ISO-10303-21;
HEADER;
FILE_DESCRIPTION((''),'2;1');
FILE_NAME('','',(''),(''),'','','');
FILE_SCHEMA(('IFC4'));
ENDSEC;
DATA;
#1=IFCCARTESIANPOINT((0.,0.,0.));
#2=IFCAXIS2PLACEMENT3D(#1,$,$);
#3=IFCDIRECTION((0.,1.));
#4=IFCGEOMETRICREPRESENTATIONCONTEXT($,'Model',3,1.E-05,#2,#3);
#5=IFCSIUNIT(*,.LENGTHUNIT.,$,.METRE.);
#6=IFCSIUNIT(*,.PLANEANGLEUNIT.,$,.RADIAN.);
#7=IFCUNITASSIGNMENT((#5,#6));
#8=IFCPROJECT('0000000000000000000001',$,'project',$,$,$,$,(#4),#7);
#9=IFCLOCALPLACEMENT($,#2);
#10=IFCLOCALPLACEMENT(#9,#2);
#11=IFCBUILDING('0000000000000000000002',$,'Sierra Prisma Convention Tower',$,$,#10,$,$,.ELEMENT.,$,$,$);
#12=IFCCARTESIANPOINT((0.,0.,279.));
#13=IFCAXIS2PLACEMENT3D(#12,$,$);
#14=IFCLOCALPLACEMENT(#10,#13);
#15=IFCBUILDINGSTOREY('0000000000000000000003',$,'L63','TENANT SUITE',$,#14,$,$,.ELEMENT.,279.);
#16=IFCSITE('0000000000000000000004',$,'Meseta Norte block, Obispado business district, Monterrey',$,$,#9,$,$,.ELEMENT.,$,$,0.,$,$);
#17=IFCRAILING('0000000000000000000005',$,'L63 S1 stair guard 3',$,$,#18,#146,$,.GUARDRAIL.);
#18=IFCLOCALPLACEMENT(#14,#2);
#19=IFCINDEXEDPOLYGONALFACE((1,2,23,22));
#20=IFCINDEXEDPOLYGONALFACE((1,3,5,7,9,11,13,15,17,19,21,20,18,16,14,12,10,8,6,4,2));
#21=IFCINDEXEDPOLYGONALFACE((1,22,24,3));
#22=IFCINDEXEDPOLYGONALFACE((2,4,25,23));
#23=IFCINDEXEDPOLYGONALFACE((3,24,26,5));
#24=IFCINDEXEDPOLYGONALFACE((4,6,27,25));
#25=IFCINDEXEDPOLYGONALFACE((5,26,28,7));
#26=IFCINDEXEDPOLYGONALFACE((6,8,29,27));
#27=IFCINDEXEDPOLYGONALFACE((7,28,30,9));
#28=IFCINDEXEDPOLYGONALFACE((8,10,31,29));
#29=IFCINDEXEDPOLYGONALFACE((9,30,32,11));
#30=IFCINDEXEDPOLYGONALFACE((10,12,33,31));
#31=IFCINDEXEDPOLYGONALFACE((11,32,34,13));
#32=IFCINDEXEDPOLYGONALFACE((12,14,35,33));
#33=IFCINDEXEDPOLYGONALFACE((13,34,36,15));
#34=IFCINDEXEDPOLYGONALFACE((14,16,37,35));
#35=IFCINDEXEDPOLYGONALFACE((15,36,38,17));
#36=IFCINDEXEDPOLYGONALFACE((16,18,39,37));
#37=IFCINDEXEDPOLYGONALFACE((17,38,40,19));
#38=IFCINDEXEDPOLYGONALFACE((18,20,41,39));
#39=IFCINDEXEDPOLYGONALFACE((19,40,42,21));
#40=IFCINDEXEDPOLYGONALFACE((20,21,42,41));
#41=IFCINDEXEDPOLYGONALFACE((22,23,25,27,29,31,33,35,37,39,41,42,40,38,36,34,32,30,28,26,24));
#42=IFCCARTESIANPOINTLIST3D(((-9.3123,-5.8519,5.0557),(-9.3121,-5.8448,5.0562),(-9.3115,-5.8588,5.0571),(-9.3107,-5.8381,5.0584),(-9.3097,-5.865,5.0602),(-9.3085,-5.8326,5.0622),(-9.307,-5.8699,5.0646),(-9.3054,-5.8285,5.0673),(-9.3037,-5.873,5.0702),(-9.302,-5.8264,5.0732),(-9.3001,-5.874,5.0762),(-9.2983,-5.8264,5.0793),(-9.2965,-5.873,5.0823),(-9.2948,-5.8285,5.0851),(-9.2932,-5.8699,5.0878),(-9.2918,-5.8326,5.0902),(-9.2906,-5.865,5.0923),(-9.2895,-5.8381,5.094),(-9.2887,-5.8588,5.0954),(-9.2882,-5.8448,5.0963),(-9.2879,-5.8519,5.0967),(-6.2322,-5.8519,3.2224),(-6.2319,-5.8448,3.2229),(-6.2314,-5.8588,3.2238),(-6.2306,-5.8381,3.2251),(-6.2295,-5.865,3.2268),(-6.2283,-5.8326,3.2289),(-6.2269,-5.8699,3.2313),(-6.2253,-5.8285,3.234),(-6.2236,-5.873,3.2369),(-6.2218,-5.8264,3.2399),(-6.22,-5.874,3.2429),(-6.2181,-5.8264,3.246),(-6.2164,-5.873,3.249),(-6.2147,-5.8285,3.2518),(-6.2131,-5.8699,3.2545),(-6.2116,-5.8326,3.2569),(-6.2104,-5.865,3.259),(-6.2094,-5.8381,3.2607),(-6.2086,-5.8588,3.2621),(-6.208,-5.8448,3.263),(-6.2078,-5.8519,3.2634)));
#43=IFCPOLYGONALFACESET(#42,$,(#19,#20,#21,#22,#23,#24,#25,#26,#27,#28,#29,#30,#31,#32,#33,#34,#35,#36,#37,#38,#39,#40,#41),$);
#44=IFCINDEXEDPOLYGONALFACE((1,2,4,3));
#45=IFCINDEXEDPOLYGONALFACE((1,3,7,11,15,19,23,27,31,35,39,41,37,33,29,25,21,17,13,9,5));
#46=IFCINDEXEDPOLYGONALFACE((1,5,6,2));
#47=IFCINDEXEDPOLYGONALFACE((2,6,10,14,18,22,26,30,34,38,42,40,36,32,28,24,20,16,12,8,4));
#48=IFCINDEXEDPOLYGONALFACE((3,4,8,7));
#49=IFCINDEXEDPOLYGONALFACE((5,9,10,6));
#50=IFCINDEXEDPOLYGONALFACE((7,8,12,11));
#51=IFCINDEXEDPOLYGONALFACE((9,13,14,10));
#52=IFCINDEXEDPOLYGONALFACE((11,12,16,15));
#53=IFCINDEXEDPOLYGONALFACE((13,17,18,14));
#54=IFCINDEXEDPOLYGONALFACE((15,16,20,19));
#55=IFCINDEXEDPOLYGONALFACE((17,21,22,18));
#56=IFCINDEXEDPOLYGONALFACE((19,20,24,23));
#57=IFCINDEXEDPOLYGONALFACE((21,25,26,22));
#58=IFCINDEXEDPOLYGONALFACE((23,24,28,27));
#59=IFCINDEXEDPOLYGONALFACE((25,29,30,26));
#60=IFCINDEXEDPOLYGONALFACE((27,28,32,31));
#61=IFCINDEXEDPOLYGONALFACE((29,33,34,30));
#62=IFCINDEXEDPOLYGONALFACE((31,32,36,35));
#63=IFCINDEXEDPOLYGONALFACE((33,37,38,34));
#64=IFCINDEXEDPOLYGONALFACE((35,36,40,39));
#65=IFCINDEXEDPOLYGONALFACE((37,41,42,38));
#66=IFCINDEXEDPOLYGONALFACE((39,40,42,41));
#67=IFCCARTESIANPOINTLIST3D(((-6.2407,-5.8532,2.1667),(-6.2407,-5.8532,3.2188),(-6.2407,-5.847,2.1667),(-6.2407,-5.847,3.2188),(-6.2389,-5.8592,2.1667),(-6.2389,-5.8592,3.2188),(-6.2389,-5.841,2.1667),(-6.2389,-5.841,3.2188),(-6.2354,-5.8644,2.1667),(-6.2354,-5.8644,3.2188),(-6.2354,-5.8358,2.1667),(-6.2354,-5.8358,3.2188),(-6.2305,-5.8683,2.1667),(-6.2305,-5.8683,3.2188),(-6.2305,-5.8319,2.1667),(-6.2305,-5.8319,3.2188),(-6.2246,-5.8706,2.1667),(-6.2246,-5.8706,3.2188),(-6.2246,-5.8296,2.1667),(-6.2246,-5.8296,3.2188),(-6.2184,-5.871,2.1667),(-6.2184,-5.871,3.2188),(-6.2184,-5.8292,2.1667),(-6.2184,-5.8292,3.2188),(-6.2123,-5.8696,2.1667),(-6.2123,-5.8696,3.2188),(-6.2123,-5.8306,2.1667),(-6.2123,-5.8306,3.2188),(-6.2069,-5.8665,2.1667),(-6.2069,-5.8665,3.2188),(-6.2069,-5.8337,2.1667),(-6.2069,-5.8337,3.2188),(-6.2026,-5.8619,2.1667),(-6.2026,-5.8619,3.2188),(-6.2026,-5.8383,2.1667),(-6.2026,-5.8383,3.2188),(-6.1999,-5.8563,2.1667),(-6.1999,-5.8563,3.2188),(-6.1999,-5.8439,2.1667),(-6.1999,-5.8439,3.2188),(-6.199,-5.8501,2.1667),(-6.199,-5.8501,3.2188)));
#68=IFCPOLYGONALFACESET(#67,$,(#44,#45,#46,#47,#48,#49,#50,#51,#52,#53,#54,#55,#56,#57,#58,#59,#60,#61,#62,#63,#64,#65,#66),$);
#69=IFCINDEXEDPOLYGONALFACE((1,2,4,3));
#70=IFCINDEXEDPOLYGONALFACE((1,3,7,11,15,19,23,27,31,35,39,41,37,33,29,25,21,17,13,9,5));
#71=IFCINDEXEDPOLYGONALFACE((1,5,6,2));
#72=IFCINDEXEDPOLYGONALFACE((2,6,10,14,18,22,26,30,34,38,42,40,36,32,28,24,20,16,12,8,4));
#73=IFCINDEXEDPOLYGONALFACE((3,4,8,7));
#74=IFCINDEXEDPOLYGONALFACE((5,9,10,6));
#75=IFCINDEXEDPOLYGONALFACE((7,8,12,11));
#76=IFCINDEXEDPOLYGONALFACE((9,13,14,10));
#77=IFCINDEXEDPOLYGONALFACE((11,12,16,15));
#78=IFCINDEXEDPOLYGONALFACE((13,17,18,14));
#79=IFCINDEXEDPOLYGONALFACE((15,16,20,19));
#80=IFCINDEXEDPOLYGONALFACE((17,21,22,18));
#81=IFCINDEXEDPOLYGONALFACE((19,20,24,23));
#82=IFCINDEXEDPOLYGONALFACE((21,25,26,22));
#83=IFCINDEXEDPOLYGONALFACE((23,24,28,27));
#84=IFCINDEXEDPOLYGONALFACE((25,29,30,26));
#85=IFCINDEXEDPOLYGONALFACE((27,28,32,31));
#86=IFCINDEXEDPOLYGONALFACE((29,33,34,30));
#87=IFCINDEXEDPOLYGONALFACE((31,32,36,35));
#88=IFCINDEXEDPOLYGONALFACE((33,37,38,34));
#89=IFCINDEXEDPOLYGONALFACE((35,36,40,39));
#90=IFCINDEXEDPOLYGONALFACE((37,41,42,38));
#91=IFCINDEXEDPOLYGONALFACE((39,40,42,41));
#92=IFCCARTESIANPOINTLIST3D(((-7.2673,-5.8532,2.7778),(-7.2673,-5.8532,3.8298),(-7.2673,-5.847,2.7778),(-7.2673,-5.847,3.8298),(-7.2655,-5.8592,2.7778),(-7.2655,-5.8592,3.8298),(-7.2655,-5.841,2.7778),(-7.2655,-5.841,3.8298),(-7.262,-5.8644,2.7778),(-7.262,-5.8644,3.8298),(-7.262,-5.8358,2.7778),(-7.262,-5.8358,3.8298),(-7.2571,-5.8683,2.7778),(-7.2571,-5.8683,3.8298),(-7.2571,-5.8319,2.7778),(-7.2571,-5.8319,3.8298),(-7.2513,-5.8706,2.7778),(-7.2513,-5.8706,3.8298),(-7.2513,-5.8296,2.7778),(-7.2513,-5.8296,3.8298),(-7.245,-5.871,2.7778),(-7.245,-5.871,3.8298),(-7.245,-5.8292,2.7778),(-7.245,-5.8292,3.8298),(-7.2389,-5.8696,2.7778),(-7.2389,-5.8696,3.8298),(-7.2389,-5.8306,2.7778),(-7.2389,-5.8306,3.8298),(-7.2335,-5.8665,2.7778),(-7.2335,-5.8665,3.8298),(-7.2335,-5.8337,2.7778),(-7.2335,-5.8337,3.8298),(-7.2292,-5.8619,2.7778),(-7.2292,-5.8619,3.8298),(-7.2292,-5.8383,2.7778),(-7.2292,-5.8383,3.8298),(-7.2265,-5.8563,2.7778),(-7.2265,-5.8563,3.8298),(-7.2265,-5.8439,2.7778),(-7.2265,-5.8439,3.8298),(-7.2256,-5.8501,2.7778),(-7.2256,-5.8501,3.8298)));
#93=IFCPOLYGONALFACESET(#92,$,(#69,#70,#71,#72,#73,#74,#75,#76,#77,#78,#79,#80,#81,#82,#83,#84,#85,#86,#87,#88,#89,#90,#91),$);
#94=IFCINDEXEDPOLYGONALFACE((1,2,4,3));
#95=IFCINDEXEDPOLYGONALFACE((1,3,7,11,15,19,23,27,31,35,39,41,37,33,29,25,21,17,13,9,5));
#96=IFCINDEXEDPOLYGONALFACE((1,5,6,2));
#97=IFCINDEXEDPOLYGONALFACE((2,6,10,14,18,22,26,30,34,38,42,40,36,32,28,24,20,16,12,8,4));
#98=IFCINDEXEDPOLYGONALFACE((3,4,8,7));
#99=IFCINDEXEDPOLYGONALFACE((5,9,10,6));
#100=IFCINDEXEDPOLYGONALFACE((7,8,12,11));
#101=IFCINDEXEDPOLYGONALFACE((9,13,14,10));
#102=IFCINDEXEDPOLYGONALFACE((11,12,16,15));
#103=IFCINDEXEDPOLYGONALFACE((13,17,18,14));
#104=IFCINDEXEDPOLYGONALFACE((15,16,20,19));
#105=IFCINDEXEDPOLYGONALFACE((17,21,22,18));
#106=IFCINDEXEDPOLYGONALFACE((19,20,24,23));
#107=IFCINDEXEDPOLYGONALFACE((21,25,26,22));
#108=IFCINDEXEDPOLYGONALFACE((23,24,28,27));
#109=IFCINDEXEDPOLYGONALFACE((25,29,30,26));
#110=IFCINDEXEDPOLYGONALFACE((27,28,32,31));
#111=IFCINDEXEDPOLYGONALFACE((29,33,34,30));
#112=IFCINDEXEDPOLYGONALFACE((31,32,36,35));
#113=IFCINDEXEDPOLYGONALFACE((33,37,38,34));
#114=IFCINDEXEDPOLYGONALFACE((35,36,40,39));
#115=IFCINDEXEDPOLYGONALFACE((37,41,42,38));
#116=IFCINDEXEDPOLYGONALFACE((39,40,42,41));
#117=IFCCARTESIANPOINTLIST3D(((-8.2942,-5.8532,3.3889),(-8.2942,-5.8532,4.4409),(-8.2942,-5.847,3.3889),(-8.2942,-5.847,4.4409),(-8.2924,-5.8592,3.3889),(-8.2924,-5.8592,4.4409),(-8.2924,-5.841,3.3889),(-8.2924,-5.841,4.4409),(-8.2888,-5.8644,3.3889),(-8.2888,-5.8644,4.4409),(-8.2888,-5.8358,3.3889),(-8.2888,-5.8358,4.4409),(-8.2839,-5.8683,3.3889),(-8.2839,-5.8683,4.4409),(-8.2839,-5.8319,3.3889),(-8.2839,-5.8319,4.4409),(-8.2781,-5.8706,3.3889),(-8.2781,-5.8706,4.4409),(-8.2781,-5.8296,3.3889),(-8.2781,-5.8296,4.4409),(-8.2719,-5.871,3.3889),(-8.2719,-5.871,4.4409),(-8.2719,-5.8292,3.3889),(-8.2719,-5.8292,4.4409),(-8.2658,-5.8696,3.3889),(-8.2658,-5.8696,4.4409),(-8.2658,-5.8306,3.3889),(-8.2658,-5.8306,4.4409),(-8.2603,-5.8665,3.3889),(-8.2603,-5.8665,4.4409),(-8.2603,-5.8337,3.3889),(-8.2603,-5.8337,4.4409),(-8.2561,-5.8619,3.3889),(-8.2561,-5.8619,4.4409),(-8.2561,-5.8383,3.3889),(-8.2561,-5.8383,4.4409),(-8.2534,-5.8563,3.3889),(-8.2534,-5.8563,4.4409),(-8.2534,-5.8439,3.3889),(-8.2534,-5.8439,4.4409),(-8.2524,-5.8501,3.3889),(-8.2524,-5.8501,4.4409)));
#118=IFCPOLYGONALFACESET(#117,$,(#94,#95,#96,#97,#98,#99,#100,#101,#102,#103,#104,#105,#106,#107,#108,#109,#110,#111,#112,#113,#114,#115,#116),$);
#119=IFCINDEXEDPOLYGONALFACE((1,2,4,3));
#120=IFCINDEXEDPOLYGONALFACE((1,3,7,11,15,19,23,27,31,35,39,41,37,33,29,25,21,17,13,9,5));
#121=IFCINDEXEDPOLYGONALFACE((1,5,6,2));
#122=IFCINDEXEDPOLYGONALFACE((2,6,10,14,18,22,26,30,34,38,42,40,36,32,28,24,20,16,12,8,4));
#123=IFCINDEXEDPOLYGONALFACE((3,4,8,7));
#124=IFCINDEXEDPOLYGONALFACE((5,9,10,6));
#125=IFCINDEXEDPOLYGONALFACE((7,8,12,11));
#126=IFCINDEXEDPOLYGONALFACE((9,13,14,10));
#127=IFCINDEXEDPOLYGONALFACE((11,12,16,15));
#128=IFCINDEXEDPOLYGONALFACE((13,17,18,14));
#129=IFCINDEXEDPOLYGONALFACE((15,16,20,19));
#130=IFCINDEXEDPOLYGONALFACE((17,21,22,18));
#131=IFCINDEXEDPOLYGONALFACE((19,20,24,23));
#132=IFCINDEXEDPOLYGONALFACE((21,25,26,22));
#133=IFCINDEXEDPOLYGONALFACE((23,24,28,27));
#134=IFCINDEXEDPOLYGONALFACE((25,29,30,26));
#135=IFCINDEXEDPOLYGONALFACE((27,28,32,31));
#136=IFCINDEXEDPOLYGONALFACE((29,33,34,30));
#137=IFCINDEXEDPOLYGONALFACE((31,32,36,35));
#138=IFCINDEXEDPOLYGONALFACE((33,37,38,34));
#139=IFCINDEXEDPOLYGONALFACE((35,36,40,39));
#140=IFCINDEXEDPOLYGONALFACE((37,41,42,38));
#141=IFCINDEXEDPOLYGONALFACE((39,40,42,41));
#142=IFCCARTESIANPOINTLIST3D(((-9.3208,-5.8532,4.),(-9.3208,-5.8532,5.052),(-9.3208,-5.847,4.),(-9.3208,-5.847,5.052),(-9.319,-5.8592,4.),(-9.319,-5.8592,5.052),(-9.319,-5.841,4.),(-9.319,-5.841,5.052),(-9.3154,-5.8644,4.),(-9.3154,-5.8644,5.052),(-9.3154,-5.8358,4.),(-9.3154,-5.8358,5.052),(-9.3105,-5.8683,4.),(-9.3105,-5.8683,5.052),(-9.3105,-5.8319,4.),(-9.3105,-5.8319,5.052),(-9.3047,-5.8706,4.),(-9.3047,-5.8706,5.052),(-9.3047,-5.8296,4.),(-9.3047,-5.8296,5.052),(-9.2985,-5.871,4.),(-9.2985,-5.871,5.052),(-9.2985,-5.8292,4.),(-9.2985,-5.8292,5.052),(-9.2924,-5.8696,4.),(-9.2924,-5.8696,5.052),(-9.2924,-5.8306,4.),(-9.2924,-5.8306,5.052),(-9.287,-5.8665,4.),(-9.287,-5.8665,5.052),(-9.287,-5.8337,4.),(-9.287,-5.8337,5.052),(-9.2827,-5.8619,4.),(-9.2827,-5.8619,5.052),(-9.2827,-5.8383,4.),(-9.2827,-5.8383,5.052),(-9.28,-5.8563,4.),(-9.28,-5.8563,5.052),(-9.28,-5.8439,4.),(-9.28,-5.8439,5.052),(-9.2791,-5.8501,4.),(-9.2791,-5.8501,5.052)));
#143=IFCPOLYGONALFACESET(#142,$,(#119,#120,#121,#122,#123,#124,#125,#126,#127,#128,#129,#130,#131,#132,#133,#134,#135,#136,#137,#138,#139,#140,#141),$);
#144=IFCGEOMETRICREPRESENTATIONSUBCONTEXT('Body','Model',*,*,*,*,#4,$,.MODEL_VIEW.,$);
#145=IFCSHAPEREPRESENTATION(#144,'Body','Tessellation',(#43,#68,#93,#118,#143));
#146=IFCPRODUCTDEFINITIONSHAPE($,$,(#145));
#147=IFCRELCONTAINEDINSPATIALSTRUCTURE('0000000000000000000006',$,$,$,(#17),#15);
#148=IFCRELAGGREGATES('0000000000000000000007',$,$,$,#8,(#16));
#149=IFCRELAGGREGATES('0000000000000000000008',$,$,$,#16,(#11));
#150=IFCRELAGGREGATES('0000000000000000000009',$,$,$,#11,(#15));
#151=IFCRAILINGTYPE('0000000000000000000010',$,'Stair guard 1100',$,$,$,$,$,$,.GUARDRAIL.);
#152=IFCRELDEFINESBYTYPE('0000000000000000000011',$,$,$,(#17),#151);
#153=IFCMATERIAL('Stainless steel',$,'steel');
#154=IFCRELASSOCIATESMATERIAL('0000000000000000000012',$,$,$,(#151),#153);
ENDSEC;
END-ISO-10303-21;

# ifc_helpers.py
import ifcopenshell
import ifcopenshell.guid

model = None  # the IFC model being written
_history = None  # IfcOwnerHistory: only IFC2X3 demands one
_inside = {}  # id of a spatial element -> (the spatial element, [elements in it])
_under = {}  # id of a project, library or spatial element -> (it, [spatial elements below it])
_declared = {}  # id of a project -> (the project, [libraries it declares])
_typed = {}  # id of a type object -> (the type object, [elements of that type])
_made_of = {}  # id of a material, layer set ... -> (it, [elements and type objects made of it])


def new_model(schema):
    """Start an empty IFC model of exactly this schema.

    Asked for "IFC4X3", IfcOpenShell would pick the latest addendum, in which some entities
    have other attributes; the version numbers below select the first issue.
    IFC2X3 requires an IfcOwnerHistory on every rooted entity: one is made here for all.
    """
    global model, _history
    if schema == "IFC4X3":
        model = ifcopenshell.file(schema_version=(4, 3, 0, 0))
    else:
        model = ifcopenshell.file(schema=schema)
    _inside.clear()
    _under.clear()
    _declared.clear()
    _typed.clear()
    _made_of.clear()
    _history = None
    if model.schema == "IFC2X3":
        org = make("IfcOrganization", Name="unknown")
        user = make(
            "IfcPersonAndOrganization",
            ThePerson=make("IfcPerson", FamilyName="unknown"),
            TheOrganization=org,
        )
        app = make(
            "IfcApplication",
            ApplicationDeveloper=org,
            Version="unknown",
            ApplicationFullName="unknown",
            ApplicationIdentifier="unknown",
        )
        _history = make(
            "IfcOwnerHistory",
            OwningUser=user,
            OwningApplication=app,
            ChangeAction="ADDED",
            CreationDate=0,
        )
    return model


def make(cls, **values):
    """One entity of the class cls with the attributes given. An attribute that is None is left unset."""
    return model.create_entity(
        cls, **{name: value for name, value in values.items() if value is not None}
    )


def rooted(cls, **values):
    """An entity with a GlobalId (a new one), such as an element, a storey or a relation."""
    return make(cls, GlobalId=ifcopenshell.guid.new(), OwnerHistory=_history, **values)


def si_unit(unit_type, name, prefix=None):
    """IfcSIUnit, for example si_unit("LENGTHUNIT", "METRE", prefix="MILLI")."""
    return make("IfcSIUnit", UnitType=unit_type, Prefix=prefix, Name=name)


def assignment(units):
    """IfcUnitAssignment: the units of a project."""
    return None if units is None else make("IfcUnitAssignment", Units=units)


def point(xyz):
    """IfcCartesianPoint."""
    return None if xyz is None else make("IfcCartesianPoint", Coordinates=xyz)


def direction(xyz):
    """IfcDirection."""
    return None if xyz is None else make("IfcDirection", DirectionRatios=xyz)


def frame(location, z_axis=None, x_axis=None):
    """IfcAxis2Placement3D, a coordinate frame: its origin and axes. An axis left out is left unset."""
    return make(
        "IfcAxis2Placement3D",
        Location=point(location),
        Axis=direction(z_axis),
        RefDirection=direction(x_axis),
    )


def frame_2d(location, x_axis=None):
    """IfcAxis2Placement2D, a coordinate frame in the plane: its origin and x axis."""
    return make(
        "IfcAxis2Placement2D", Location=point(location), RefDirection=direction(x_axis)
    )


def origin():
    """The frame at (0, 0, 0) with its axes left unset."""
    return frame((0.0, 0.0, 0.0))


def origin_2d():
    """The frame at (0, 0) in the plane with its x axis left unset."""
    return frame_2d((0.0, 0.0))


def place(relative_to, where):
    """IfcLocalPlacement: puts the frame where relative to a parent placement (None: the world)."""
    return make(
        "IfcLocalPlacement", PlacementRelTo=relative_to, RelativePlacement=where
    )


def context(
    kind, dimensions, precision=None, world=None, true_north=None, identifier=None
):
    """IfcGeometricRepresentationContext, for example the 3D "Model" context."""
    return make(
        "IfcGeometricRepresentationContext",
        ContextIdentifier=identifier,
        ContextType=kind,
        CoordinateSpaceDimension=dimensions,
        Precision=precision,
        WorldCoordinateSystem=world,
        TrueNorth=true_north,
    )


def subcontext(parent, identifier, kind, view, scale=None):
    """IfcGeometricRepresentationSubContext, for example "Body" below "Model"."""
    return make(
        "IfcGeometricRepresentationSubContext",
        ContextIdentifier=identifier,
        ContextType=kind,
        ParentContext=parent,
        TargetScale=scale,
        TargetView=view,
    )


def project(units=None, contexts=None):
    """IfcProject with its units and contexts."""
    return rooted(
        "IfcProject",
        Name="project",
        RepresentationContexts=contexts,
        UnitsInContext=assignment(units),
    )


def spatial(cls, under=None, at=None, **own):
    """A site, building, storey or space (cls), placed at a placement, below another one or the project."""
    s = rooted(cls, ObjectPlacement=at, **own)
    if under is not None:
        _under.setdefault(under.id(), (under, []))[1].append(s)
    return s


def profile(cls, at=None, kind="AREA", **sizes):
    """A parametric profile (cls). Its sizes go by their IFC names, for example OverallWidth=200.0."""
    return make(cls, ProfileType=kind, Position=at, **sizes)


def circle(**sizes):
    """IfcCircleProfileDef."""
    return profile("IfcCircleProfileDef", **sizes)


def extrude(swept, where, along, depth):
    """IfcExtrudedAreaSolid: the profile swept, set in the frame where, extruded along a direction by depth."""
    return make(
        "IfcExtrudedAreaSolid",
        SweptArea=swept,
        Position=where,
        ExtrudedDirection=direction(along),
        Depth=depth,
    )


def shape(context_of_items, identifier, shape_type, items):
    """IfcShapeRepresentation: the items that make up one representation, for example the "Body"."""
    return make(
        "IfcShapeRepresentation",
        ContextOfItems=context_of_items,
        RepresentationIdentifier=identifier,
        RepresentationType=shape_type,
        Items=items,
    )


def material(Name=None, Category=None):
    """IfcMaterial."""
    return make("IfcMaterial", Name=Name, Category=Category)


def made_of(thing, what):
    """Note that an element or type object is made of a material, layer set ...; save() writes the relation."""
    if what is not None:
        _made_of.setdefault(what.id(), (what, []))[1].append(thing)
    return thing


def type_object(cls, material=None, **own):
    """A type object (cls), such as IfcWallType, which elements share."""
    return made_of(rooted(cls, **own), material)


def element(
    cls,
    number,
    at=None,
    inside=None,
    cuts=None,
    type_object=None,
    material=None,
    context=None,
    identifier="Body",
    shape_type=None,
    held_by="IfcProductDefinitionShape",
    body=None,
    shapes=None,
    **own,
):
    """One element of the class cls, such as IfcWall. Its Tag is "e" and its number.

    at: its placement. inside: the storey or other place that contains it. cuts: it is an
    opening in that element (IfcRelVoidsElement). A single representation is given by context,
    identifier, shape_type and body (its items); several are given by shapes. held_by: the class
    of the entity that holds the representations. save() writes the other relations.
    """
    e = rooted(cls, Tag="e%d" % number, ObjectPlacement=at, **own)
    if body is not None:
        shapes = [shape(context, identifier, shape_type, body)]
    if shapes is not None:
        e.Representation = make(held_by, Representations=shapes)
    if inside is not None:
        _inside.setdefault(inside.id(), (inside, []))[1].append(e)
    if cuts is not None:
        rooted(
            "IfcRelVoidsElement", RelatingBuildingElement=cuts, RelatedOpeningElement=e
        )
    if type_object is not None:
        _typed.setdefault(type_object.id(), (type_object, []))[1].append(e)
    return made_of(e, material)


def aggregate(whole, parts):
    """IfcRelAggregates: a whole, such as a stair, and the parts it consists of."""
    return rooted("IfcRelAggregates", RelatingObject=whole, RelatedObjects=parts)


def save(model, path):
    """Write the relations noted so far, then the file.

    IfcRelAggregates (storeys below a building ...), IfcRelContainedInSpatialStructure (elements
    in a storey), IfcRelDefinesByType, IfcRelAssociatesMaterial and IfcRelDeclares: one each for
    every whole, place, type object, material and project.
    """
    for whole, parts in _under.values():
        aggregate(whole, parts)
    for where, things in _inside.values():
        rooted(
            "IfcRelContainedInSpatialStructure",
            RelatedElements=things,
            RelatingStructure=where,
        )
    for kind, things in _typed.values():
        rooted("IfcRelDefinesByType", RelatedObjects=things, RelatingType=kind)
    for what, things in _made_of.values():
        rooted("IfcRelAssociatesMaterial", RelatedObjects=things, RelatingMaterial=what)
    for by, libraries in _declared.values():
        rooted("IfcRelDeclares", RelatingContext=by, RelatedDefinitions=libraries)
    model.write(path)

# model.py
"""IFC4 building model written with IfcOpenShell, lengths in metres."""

from ifc_helpers import new_model, si_unit, direction, frame, origin, origin_2d, place, context, subcontext, project, spatial, circle, extrude, material, type_object, element, save


model = new_model("IFC4")

# Units and contexts
model_context = context("Model", 3, precision=1e-05, world=origin(), true_north=direction((0.0, 1.0)))
body_context = subcontext(model_context, "Body", "Model", "MODEL_VIEW")
ifc_project = project(units=[si_unit("LENGTHUNIT", "METRE"), si_unit("PLANEANGLEUNIT", "RADIAN")], contexts=[model_context])

# Site, building, storey
site_placement = place(None, origin())
site = spatial("IfcSite", under=ifc_project, at=site_placement, Name="Meseta Norte block, Obispado business district, Monterrey", CompositionType="ELEMENT", RefElevation=0.0)
building_placement = place(site_placement, origin())
building = spatial("IfcBuilding", under=site, at=building_placement, Name="Sierra Prisma Convention Tower", CompositionType="ELEMENT")
storey_placement = place(building_placement, frame((0.0, 0.0, 279.0)))
storey = spatial("IfcBuildingStorey", under=building, at=storey_placement, Name="L63", Description="TENANT SUITE", CompositionType="ELEMENT", Elevation=279.0)

# Railing
ifc_material_1 = material(Name="Stainless steel", Category="steel")
railing_type_1 = type_object("IfcRailingType", Name="Stair guard 1100", PredefinedType="GUARDRAIL", material=ifc_material_1)
railing_1_placement = place(storey_placement, frame((-6.22, -5.8501, 2.1667)))
element("IfcRailing", 1, at=railing_1_placement, inside=storey, type_object=railing_type_1, Name="L63 S1 stair guard 3", PredefinedType="GUARDRAIL", context=body_context, shape_type="SweptSolid", body=[
    extrude(circle(Radius=0.0239, at=origin_2d()), frame((0.0, 0.0, 1.0762), z_axis=(-0.859309, 0.0, 0.511458), x_axis=(0.0, -1.0, 0.0)), (0.0, 0.0, 1.0), 3.5845),
    extrude(circle(Radius=0.021, at=origin_2d()), origin(), (0.0, 0.0, 1.0), 1.052),
    extrude(circle(Radius=0.021, at=origin_2d()), frame((-1.0266, 0.0, 0.6111)), (0.0, 0.0, 1.0), 1.052),
    extrude(circle(Radius=0.021, at=origin_2d()), frame((-2.0535, 0.0, 1.2222)), (0.0, 0.0, 1.0), 1.052),
    extrude(circle(Radius=0.021, at=origin_2d()), frame((-3.0801, 0.0, 1.8333)), (0.0, 0.0, 1.0), 1.052),
])

save(model, "model.ifc")
